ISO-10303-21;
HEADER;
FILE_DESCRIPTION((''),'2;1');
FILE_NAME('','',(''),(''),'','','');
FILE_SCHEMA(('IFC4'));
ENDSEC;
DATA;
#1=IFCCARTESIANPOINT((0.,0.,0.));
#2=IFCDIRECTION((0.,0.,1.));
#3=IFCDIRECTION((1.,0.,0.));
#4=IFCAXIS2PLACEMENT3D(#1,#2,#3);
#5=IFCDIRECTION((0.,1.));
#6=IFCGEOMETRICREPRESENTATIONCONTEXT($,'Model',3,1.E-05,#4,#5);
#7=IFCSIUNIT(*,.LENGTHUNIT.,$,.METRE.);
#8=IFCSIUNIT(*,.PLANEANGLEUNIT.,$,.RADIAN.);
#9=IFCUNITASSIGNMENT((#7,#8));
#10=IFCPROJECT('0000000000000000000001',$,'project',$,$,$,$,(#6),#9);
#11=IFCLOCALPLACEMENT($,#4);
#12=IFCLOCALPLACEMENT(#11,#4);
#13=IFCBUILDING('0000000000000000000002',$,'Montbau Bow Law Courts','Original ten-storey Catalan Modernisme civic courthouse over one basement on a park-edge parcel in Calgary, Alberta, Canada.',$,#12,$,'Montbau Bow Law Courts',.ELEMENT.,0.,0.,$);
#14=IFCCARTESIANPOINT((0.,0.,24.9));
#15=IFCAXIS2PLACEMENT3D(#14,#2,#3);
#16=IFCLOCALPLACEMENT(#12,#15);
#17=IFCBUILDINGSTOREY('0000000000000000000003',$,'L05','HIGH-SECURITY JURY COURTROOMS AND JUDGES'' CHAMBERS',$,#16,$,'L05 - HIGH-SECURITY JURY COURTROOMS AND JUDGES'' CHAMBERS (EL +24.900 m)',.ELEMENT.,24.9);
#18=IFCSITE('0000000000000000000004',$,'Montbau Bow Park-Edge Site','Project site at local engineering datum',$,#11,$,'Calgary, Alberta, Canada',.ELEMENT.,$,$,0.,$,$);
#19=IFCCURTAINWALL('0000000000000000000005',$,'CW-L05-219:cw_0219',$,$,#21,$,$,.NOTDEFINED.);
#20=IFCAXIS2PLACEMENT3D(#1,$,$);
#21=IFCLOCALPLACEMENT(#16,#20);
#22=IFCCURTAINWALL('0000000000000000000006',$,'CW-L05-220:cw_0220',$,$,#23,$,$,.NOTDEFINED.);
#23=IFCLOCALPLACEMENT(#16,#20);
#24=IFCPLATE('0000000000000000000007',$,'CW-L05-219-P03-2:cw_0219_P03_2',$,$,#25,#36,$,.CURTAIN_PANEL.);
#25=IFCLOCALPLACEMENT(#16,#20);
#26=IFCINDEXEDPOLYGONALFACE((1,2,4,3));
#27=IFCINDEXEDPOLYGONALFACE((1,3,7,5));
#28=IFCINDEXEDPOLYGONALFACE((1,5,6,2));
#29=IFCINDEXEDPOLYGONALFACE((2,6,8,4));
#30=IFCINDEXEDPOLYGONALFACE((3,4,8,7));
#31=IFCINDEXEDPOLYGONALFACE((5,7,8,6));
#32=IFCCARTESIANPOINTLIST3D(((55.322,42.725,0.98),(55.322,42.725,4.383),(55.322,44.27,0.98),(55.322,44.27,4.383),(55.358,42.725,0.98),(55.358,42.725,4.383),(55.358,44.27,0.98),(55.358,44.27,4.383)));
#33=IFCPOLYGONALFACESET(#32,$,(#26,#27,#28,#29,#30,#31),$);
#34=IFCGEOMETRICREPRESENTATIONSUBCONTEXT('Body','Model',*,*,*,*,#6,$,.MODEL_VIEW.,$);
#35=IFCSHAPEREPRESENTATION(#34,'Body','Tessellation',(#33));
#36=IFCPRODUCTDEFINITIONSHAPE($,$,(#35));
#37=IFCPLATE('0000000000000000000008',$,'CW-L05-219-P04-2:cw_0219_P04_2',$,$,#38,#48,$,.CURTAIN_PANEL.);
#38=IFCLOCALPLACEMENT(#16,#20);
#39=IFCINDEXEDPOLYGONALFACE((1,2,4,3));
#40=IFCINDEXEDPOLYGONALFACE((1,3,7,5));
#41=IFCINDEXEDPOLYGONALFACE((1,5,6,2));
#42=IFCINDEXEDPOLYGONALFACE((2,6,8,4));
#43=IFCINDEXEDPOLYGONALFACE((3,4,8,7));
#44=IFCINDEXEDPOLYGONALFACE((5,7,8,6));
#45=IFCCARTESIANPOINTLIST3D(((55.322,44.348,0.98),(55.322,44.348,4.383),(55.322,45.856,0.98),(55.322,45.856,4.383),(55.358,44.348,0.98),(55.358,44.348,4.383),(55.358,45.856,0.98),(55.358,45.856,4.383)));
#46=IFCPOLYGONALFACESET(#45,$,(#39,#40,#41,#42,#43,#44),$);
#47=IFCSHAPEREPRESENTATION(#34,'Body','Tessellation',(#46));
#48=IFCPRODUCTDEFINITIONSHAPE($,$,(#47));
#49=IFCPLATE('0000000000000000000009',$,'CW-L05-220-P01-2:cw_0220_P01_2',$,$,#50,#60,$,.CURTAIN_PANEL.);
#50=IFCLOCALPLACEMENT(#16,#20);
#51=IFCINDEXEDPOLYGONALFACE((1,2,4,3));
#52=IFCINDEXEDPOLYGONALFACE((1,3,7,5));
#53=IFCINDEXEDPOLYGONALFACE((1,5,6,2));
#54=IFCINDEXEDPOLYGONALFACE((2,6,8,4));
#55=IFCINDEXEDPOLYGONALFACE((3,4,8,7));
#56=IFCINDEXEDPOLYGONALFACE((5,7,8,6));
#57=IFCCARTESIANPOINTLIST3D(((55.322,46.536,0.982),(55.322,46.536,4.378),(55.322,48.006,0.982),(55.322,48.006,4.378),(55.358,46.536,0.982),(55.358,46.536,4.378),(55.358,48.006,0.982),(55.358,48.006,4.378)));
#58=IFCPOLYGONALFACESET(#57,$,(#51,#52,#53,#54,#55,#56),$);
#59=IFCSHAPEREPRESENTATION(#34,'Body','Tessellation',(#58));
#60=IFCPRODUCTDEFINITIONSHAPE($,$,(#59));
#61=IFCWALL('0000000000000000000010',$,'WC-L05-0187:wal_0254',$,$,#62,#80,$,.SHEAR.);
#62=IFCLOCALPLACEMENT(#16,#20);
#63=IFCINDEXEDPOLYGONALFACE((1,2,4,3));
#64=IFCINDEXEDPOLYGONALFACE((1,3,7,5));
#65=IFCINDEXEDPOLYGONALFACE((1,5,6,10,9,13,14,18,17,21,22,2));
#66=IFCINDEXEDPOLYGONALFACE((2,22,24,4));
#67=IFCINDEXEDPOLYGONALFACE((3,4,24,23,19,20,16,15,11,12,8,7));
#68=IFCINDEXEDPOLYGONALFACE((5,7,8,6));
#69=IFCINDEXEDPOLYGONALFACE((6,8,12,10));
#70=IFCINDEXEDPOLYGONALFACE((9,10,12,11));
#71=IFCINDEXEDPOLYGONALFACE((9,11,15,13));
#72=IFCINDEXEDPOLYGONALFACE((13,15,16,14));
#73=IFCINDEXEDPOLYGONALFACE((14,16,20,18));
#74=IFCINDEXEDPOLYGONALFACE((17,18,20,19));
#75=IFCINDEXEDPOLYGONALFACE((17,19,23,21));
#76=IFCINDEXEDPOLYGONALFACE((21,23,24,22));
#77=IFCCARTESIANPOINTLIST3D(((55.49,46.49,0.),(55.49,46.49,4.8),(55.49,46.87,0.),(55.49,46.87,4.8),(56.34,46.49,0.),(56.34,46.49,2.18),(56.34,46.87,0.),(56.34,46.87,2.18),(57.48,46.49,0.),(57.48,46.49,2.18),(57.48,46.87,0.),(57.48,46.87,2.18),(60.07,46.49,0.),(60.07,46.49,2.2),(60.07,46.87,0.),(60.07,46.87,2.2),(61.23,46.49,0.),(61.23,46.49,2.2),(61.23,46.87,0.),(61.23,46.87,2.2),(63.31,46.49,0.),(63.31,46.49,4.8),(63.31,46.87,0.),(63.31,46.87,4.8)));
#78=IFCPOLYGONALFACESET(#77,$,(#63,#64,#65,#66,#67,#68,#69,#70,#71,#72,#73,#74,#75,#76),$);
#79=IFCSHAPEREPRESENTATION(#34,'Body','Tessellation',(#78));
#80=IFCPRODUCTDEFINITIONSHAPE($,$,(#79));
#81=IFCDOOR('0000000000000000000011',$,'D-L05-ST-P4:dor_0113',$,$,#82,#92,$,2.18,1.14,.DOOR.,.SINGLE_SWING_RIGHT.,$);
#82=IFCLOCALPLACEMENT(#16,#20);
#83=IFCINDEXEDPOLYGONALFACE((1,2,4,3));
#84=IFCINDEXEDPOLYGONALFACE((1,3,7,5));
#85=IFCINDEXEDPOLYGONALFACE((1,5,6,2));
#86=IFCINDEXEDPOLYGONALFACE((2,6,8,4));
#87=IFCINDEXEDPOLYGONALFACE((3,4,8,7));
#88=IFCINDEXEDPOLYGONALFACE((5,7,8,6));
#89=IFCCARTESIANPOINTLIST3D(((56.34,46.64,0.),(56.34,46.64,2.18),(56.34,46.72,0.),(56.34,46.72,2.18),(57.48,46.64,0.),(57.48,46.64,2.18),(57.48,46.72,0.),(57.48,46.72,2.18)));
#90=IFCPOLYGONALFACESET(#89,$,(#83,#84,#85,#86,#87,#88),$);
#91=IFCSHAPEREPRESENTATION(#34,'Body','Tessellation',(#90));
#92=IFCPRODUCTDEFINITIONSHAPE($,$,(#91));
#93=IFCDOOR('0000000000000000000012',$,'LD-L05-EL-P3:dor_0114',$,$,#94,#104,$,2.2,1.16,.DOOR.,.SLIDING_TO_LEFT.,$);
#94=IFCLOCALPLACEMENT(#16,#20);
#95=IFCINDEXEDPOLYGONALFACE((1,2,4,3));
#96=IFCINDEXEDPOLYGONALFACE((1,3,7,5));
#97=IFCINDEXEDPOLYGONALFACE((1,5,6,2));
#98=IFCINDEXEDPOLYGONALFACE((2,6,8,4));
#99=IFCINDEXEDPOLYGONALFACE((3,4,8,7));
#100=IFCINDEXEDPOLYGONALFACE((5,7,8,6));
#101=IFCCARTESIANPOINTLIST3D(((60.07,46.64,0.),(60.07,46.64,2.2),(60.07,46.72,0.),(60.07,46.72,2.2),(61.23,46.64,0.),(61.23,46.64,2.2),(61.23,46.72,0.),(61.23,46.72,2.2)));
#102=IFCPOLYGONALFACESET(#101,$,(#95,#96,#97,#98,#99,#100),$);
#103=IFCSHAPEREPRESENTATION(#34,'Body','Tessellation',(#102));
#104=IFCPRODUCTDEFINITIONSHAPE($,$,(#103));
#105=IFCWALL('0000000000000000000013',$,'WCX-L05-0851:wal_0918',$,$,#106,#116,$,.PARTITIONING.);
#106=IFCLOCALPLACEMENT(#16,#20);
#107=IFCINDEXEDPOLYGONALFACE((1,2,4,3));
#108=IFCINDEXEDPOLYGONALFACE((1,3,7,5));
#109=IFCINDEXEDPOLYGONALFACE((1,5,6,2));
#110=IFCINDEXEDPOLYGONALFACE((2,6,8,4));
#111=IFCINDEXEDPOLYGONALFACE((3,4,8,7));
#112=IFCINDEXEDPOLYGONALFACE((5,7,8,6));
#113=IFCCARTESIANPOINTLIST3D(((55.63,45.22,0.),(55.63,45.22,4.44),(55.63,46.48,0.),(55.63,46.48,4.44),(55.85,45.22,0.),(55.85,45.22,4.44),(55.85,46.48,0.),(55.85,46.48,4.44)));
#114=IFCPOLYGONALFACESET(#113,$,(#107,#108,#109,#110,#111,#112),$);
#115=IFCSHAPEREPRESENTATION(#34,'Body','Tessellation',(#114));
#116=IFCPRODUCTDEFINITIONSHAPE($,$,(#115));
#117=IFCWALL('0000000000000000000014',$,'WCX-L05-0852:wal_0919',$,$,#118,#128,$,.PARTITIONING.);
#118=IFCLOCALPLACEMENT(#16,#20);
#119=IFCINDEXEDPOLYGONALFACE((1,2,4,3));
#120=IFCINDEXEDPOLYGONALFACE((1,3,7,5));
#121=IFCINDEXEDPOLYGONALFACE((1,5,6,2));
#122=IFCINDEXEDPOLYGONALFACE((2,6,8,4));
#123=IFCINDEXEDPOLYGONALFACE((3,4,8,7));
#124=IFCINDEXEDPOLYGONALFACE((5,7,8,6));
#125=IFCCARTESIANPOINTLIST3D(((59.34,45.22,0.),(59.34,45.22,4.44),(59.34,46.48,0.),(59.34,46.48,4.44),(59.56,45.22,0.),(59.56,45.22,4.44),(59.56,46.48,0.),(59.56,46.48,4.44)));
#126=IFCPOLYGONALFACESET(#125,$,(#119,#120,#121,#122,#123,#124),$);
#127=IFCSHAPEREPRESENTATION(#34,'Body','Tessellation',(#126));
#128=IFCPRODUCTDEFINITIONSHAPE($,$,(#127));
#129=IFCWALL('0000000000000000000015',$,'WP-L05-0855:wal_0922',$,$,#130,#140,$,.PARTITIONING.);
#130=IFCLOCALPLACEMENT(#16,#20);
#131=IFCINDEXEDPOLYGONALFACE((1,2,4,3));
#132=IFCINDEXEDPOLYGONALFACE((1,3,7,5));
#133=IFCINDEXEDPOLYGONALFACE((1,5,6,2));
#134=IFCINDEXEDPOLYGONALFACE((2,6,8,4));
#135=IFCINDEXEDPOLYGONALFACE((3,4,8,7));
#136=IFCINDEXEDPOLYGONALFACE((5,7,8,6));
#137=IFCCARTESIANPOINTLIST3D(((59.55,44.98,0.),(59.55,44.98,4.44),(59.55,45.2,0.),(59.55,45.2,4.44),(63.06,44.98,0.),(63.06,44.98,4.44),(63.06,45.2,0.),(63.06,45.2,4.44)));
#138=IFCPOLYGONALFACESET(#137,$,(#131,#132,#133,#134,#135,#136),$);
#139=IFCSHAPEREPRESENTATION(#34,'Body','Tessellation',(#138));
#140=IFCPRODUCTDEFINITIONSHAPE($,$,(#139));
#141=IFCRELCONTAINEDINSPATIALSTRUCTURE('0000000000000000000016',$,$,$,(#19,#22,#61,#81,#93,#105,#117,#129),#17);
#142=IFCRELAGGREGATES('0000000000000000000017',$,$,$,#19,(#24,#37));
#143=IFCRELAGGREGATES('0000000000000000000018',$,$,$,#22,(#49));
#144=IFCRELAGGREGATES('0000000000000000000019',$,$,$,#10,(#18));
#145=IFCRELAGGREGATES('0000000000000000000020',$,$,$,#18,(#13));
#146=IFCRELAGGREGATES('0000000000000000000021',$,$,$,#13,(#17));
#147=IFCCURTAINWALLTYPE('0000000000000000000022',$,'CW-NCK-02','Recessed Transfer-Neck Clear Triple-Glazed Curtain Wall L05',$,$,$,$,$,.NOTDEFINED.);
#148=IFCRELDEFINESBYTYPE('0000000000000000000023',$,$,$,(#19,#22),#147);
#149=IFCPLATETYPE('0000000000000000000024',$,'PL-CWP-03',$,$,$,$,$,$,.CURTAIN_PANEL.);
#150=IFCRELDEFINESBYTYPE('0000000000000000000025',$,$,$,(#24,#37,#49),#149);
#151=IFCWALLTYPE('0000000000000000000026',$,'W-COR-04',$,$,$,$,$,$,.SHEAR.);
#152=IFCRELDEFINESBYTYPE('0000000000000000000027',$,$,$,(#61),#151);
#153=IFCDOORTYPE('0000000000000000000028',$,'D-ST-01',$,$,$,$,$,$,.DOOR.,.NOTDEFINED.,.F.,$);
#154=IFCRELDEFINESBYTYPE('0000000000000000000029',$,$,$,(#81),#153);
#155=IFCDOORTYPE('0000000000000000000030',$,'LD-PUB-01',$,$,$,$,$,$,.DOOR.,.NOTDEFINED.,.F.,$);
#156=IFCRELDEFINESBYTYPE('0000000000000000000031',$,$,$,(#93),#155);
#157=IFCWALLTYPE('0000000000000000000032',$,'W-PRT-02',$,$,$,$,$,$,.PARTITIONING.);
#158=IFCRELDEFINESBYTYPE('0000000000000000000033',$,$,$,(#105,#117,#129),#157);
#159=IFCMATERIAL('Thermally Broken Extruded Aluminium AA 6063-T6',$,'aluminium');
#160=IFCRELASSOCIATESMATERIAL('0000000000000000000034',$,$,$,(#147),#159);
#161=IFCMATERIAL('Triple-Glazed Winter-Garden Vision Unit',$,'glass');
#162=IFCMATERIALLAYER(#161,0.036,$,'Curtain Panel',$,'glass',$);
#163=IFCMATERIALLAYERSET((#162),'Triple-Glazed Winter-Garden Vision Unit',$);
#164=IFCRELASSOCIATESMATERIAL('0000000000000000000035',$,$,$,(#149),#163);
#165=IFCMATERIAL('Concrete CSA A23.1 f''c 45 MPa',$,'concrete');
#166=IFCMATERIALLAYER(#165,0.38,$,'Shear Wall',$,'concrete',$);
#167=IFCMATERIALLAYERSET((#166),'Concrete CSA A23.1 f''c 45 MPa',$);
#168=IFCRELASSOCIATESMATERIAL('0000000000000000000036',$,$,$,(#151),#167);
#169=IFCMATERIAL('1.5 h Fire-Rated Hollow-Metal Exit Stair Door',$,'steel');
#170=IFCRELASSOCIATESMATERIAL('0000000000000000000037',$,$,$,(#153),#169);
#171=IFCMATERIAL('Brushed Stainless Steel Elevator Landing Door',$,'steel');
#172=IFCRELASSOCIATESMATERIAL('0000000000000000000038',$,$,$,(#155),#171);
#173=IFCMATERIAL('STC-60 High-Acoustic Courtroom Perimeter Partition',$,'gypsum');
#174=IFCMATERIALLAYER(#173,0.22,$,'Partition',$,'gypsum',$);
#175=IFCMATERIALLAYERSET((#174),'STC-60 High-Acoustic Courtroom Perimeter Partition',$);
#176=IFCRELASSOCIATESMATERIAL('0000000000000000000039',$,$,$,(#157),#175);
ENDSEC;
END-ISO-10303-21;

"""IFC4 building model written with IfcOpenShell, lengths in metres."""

from ifc_helpers import new_model, si_unit, direction, frame, frame_2d, origin_with_axes, place, context, subcontext, project, spatial, rectangle, extrude, material, layer, layer_set, type_object, element, fill, aggregate, save


model = new_model("IFC4")

# Units and contexts
model_context = context("Model", 3, precision=1e-05, world=origin_with_axes(), true_north=direction((0.0, 1.0)))
body_context = subcontext(model_context, "Body", "Model", "MODEL_VIEW")
ifc_project = project(units=[si_unit("LENGTHUNIT", "METRE"), si_unit("PLANEANGLEUNIT", "RADIAN")], contexts=[model_context])

# Site, building, storey
site_placement = place(None, origin_with_axes())
site = spatial("IfcSite", under=ifc_project, at=site_placement, Name="Montbau Bow Park-Edge Site", Description="Project site at local engineering datum", LongName="Calgary, Alberta, Canada", CompositionType="ELEMENT", RefElevation=0.0)
building_placement = place(site_placement, origin_with_axes())
building = spatial("IfcBuilding", under=site, at=building_placement, Name="Montbau Bow Law Courts", Description="Original ten-storey Catalan Modernisme civic courthouse over one basement on a park-edge parcel in Calgary, Alberta, Canada.", LongName="Montbau Bow Law Courts", CompositionType="ELEMENT", ElevationOfRefHeight=0.0, ElevationOfTerrain=0.0)
storey_placement = place(building_placement, frame((0.0, 0.0, 24.9), z_axis=(0.0, 0.0, 1.0), x_axis=(1.0, 0.0, 0.0)))
storey = spatial("IfcBuildingStorey", under=building, at=storey_placement, Name="L05", Description="HIGH-SECURITY JURY COURTROOMS AND JUDGES' CHAMBERS", LongName="L05 - HIGH-SECURITY JURY COURTROOMS AND JUDGES' CHAMBERS (EL +24.900 m)", CompositionType="ELEMENT", Elevation=24.9)

# Curtain walls
ifc_material_1 = material(Name="Thermally Broken Extruded Aluminium AA 6063-T6", Category="aluminium")
curtain_wall_type = type_object("IfcCurtainWallType", Name="CW-NCK-02", Description="Recessed Transfer-Neck Clear Triple-Glazed Curtain Wall L05", PredefinedType="NOTDEFINED", material=ifc_material_1)
curtain_wall_1_placement = place(None, frame((55.34, 39.44, 24.9), z_axis=(0.0, 0.0, 1.0), x_axis=(1.0, 0.0, 0.0)))
curtain_wall_1 = element("IfcCurtainWall", 1, at=curtain_wall_1_placement, inside=storey, type_object=curtain_wall_type, Name="CW-L05-219:cw_0219", PredefinedType="NOTDEFINED")
curtain_wall_2_placement = place(None, frame((55.34, 46.468, 24.9), z_axis=(0.0, 0.0, 1.0), x_axis=(1.0, 0.0, 0.0)))
curtain_wall_2 = element("IfcCurtainWall", 2, at=curtain_wall_2_placement, inside=storey, type_object=curtain_wall_type, Name="CW-L05-220:cw_0220", PredefinedType="NOTDEFINED")

# Plates
ifc_material_2 = material(Name="Triple-Glazed Winter-Garden Vision Unit", Category="glass")
ifc_layer_1 = layer(ifc_material_2, 0.036, Name="Curtain Panel", Category="glass")
ifc_layer_set_1 = layer_set([ifc_layer_1], Name="Triple-Glazed Winter-Garden Vision Unit")
plate_type_1 = type_object("IfcPlateType", Name="PL-CWP-03", PredefinedType="CURTAIN_PANEL", material=ifc_layer_set_1)
plate_1_placement = place(None, frame((55.34, 42.725, 25.88), z_axis=(1.0, 0.0, 0.0), x_axis=(0.0, 1.0, 0.0)))
plate_1 = element("IfcPlate", 3, at=plate_1_placement, type_object=plate_type_1, Name="CW-L05-219-P03-2:cw_0219_P03_2", PredefinedType="CURTAIN_PANEL", context=body_context, shape_type="SweptSolid", body=[
    extrude(rectangle(XDim=1.545, YDim=3.403, at=frame_2d((0.7725, 1.7015), x_axis=(1.0, 0.0))), frame((0.0, 0.0, -0.018), z_axis=(0.0, 0.0, 1.0), x_axis=(1.0, 0.0, 0.0)), (0.0, 0.0, 1.0), 0.036),
])
plate_2_placement = place(None, frame((55.34, 44.348, 25.88), z_axis=(1.0, 0.0, 0.0), x_axis=(0.0, 1.0, 0.0)))
plate_2 = element("IfcPlate", 4, at=plate_2_placement, type_object=plate_type_1, Name="CW-L05-219-P04-2:cw_0219_P04_2", PredefinedType="CURTAIN_PANEL", context=body_context, shape_type="SweptSolid", body=[
    extrude(rectangle(XDim=1.508, YDim=3.403, at=frame_2d((0.754, 1.7015), x_axis=(1.0, 0.0))), frame((0.0, 0.0, -0.018), z_axis=(0.0, 0.0, 1.0), x_axis=(1.0, 0.0, 0.0)), (0.0, 0.0, 1.0), 0.036),
])
aggregate(curtain_wall_1, [plate_1, plate_2])
plate_3_placement = place(None, frame((55.34, 46.536, 25.882), z_axis=(1.0, 0.0, 0.0), x_axis=(0.0, 1.0, 0.0)))
plate_3 = element("IfcPlate", 5, at=plate_3_placement, type_object=plate_type_1, Name="CW-L05-220-P01-2:cw_0220_P01_2", PredefinedType="CURTAIN_PANEL", context=body_context, shape_type="SweptSolid", body=[
    extrude(rectangle(XDim=1.47, YDim=3.396, at=frame_2d((0.735, 1.698), x_axis=(1.0, 0.0))), frame((0.0, 0.0, -0.018), z_axis=(0.0, 0.0, 1.0), x_axis=(1.0, 0.0, 0.0)), (0.0, 0.0, 1.0), 0.036),
])
aggregate(curtain_wall_2, [plate_3])

# Wall, openings, doors
ifc_material_3 = material(Name="Concrete CSA A23.1 f'c 45 MPa", Category="concrete")
ifc_layer_2 = layer(ifc_material_3, 0.38, Name="Shear Wall", Category="concrete")
ifc_layer_set_2 = layer_set([ifc_layer_2], Name="Concrete CSA A23.1 f'c 45 MPa")
wall_type_1 = type_object("IfcWallType", Name="W-COR-04", PredefinedType="SHEAR", material=ifc_layer_set_2)
wall_1_placement = place(None, frame((55.49, 46.68, 24.9), z_axis=(0.0, 0.0, 1.0), x_axis=(1.0, 0.0, 0.0)))
wall_1 = element("IfcWall", 6, at=wall_1_placement, inside=storey, type_object=wall_type_1, Name="WC-L05-0187:wal_0254", PredefinedType="SHEAR", context=body_context, shape_type="SweptSolid", body=[
    extrude(rectangle(XDim=7.82, YDim=0.38, at=frame_2d((3.91, 0.0), x_axis=(1.0, 0.0))), origin_with_axes(), (0.0, 0.0, 1.0), 4.8),
])
opening_1_placement = place(None, frame((56.91, 46.68, 24.9), z_axis=(0.0, 0.0, 1.0), x_axis=(1.0, 0.0, 0.0)))
opening_1 = element("IfcOpeningElement", 7, at=opening_1_placement, cuts=wall_1, PredefinedType="OPENING", context=body_context, shape_type="SweptSolid", body=[
    extrude(rectangle(XDim=1.14, YDim=2.18, at=frame_2d((0.0, 1.09), x_axis=(1.0, 0.0))), frame((0.0, 0.2, 0.0), z_axis=(0.0, -1.0, 0.0), x_axis=(1.0, 0.0, 0.0)), (0.0, 0.0, 1.0), 0.4),
])
opening_2_placement = place(None, frame((60.65, 46.68, 24.9), z_axis=(0.0, 0.0, 1.0), x_axis=(1.0, 0.0, 0.0)))
opening_2 = element("IfcOpeningElement", 8, at=opening_2_placement, cuts=wall_1, PredefinedType="OPENING", context=body_context, shape_type="SweptSolid", body=[
    extrude(rectangle(XDim=1.16, YDim=2.2, at=frame_2d((0.0, 1.1), x_axis=(1.0, 0.0))), frame((0.0, 0.2, 0.0), z_axis=(0.0, -1.0, 0.0), x_axis=(1.0, 0.0, 0.0)), (0.0, 0.0, 1.0), 0.4),
])
ifc_material_4 = material(Name="1.5 h Fire-Rated Hollow-Metal Exit Stair Door", Category="steel")
door_type_1 = type_object("IfcDoorType", Name="D-ST-01", OperationType="NOTDEFINED", ParameterTakesPrecedence=False, PredefinedType="DOOR", material=ifc_material_4)
door_1_placement = place(None, frame((56.91, 46.68, 24.9), z_axis=(0.0, 0.0, 1.0), x_axis=(-1.0, 0.0, 0.0)))
door_1 = element("IfcDoor", 9, at=door_1_placement, inside=storey, type_object=door_type_1, Name="D-L05-ST-P4:dor_0113", OperationType="SINGLE_SWING_RIGHT", OverallHeight=2.18, OverallWidth=1.14, PredefinedType="DOOR", context=body_context, shape_type="SweptSolid", body=[
    extrude(rectangle(XDim=1.14, YDim=2.18, at=frame_2d((0.0, 1.09), x_axis=(1.0, 0.0))), frame((0.0, 0.04, 0.0), z_axis=(0.0, -1.0, 0.0), x_axis=(1.0, 0.0, 0.0)), (0.0, 0.0, 1.0), 0.08),
])
fill(opening_1, door_1)
ifc_material_5 = material(Name="Brushed Stainless Steel Elevator Landing Door", Category="steel")
door_type_2 = type_object("IfcDoorType", Name="LD-PUB-01", OperationType="NOTDEFINED", ParameterTakesPrecedence=False, PredefinedType="DOOR", material=ifc_material_5)
door_2_placement = place(None, frame((60.65, 46.68, 24.9), z_axis=(0.0, 0.0, 1.0), x_axis=(-1.0, 0.0, 0.0)))
door_2 = element("IfcDoor", 10, at=door_2_placement, inside=storey, type_object=door_type_2, Name="LD-L05-EL-P3:dor_0114", OperationType="SLIDING_TO_LEFT", OverallHeight=2.2, OverallWidth=1.16, PredefinedType="DOOR", context=body_context, shape_type="SweptSolid", body=[
    extrude(rectangle(XDim=1.16, YDim=2.2, at=frame_2d((0.0, 1.1), x_axis=(1.0, 0.0))), frame((0.0, 0.04, 0.0), z_axis=(0.0, -1.0, 0.0), x_axis=(1.0, 0.0, 0.0)), (0.0, 0.0, 1.0), 0.08),
])
fill(opening_2, door_2)

# Walls
ifc_material_6 = material(Name="STC-60 High-Acoustic Courtroom Perimeter Partition", Category="gypsum")
ifc_layer_3 = layer(ifc_material_6, 0.22, Name="Partition", Category="gypsum")
ifc_layer_set_3 = layer_set([ifc_layer_3], Name="STC-60 High-Acoustic Courtroom Perimeter Partition")
wall_type_2 = type_object("IfcWallType", Name="W-PRT-02", PredefinedType="PARTITIONING", material=ifc_layer_set_3)
for number, where, z_axis, x_axis, name in (
    (11, (55.74, 45.22, 24.9), (0.0, 0.0, 1.0), (0.0, 1.0, 0.0), "WCX-L05-0851:wal_0918"),
    (12, (59.45, 45.22, 24.9), (0.0, 0.0, 1.0), (0.0, 1.0, 0.0), "WCX-L05-0852:wal_0919"),
):
    element("IfcWall", number, at=place(None, frame(where, z_axis=z_axis, x_axis=x_axis)), inside=storey, type_object=wall_type_2, Name=name, PredefinedType="PARTITIONING", context=body_context, shape_type="SweptSolid", body=[
        extrude(rectangle(XDim=1.26, YDim=0.22, at=frame_2d((0.63, 0.0), x_axis=(1.0, 0.0))), origin_with_axes(), (0.0, 0.0, 1.0), 4.44),
    ])
wall_2_placement = place(None, frame((59.55, 45.09, 24.9), z_axis=(0.0, 0.0, 1.0), x_axis=(1.0, 0.0, 0.0)))
element("IfcWall", 13, at=wall_2_placement, inside=storey, type_object=wall_type_2, Name="WP-L05-0855:wal_0922", PredefinedType="PARTITIONING", context=body_context, shape_type="SweptSolid", body=[
    extrude(rectangle(XDim=3.51, YDim=0.22, at=frame_2d((1.755, 0.0), x_axis=(1.0, 0.0))), origin_with_axes(), (0.0, 0.0, 1.0), 4.44),
])

save(model, "model.ifc")
